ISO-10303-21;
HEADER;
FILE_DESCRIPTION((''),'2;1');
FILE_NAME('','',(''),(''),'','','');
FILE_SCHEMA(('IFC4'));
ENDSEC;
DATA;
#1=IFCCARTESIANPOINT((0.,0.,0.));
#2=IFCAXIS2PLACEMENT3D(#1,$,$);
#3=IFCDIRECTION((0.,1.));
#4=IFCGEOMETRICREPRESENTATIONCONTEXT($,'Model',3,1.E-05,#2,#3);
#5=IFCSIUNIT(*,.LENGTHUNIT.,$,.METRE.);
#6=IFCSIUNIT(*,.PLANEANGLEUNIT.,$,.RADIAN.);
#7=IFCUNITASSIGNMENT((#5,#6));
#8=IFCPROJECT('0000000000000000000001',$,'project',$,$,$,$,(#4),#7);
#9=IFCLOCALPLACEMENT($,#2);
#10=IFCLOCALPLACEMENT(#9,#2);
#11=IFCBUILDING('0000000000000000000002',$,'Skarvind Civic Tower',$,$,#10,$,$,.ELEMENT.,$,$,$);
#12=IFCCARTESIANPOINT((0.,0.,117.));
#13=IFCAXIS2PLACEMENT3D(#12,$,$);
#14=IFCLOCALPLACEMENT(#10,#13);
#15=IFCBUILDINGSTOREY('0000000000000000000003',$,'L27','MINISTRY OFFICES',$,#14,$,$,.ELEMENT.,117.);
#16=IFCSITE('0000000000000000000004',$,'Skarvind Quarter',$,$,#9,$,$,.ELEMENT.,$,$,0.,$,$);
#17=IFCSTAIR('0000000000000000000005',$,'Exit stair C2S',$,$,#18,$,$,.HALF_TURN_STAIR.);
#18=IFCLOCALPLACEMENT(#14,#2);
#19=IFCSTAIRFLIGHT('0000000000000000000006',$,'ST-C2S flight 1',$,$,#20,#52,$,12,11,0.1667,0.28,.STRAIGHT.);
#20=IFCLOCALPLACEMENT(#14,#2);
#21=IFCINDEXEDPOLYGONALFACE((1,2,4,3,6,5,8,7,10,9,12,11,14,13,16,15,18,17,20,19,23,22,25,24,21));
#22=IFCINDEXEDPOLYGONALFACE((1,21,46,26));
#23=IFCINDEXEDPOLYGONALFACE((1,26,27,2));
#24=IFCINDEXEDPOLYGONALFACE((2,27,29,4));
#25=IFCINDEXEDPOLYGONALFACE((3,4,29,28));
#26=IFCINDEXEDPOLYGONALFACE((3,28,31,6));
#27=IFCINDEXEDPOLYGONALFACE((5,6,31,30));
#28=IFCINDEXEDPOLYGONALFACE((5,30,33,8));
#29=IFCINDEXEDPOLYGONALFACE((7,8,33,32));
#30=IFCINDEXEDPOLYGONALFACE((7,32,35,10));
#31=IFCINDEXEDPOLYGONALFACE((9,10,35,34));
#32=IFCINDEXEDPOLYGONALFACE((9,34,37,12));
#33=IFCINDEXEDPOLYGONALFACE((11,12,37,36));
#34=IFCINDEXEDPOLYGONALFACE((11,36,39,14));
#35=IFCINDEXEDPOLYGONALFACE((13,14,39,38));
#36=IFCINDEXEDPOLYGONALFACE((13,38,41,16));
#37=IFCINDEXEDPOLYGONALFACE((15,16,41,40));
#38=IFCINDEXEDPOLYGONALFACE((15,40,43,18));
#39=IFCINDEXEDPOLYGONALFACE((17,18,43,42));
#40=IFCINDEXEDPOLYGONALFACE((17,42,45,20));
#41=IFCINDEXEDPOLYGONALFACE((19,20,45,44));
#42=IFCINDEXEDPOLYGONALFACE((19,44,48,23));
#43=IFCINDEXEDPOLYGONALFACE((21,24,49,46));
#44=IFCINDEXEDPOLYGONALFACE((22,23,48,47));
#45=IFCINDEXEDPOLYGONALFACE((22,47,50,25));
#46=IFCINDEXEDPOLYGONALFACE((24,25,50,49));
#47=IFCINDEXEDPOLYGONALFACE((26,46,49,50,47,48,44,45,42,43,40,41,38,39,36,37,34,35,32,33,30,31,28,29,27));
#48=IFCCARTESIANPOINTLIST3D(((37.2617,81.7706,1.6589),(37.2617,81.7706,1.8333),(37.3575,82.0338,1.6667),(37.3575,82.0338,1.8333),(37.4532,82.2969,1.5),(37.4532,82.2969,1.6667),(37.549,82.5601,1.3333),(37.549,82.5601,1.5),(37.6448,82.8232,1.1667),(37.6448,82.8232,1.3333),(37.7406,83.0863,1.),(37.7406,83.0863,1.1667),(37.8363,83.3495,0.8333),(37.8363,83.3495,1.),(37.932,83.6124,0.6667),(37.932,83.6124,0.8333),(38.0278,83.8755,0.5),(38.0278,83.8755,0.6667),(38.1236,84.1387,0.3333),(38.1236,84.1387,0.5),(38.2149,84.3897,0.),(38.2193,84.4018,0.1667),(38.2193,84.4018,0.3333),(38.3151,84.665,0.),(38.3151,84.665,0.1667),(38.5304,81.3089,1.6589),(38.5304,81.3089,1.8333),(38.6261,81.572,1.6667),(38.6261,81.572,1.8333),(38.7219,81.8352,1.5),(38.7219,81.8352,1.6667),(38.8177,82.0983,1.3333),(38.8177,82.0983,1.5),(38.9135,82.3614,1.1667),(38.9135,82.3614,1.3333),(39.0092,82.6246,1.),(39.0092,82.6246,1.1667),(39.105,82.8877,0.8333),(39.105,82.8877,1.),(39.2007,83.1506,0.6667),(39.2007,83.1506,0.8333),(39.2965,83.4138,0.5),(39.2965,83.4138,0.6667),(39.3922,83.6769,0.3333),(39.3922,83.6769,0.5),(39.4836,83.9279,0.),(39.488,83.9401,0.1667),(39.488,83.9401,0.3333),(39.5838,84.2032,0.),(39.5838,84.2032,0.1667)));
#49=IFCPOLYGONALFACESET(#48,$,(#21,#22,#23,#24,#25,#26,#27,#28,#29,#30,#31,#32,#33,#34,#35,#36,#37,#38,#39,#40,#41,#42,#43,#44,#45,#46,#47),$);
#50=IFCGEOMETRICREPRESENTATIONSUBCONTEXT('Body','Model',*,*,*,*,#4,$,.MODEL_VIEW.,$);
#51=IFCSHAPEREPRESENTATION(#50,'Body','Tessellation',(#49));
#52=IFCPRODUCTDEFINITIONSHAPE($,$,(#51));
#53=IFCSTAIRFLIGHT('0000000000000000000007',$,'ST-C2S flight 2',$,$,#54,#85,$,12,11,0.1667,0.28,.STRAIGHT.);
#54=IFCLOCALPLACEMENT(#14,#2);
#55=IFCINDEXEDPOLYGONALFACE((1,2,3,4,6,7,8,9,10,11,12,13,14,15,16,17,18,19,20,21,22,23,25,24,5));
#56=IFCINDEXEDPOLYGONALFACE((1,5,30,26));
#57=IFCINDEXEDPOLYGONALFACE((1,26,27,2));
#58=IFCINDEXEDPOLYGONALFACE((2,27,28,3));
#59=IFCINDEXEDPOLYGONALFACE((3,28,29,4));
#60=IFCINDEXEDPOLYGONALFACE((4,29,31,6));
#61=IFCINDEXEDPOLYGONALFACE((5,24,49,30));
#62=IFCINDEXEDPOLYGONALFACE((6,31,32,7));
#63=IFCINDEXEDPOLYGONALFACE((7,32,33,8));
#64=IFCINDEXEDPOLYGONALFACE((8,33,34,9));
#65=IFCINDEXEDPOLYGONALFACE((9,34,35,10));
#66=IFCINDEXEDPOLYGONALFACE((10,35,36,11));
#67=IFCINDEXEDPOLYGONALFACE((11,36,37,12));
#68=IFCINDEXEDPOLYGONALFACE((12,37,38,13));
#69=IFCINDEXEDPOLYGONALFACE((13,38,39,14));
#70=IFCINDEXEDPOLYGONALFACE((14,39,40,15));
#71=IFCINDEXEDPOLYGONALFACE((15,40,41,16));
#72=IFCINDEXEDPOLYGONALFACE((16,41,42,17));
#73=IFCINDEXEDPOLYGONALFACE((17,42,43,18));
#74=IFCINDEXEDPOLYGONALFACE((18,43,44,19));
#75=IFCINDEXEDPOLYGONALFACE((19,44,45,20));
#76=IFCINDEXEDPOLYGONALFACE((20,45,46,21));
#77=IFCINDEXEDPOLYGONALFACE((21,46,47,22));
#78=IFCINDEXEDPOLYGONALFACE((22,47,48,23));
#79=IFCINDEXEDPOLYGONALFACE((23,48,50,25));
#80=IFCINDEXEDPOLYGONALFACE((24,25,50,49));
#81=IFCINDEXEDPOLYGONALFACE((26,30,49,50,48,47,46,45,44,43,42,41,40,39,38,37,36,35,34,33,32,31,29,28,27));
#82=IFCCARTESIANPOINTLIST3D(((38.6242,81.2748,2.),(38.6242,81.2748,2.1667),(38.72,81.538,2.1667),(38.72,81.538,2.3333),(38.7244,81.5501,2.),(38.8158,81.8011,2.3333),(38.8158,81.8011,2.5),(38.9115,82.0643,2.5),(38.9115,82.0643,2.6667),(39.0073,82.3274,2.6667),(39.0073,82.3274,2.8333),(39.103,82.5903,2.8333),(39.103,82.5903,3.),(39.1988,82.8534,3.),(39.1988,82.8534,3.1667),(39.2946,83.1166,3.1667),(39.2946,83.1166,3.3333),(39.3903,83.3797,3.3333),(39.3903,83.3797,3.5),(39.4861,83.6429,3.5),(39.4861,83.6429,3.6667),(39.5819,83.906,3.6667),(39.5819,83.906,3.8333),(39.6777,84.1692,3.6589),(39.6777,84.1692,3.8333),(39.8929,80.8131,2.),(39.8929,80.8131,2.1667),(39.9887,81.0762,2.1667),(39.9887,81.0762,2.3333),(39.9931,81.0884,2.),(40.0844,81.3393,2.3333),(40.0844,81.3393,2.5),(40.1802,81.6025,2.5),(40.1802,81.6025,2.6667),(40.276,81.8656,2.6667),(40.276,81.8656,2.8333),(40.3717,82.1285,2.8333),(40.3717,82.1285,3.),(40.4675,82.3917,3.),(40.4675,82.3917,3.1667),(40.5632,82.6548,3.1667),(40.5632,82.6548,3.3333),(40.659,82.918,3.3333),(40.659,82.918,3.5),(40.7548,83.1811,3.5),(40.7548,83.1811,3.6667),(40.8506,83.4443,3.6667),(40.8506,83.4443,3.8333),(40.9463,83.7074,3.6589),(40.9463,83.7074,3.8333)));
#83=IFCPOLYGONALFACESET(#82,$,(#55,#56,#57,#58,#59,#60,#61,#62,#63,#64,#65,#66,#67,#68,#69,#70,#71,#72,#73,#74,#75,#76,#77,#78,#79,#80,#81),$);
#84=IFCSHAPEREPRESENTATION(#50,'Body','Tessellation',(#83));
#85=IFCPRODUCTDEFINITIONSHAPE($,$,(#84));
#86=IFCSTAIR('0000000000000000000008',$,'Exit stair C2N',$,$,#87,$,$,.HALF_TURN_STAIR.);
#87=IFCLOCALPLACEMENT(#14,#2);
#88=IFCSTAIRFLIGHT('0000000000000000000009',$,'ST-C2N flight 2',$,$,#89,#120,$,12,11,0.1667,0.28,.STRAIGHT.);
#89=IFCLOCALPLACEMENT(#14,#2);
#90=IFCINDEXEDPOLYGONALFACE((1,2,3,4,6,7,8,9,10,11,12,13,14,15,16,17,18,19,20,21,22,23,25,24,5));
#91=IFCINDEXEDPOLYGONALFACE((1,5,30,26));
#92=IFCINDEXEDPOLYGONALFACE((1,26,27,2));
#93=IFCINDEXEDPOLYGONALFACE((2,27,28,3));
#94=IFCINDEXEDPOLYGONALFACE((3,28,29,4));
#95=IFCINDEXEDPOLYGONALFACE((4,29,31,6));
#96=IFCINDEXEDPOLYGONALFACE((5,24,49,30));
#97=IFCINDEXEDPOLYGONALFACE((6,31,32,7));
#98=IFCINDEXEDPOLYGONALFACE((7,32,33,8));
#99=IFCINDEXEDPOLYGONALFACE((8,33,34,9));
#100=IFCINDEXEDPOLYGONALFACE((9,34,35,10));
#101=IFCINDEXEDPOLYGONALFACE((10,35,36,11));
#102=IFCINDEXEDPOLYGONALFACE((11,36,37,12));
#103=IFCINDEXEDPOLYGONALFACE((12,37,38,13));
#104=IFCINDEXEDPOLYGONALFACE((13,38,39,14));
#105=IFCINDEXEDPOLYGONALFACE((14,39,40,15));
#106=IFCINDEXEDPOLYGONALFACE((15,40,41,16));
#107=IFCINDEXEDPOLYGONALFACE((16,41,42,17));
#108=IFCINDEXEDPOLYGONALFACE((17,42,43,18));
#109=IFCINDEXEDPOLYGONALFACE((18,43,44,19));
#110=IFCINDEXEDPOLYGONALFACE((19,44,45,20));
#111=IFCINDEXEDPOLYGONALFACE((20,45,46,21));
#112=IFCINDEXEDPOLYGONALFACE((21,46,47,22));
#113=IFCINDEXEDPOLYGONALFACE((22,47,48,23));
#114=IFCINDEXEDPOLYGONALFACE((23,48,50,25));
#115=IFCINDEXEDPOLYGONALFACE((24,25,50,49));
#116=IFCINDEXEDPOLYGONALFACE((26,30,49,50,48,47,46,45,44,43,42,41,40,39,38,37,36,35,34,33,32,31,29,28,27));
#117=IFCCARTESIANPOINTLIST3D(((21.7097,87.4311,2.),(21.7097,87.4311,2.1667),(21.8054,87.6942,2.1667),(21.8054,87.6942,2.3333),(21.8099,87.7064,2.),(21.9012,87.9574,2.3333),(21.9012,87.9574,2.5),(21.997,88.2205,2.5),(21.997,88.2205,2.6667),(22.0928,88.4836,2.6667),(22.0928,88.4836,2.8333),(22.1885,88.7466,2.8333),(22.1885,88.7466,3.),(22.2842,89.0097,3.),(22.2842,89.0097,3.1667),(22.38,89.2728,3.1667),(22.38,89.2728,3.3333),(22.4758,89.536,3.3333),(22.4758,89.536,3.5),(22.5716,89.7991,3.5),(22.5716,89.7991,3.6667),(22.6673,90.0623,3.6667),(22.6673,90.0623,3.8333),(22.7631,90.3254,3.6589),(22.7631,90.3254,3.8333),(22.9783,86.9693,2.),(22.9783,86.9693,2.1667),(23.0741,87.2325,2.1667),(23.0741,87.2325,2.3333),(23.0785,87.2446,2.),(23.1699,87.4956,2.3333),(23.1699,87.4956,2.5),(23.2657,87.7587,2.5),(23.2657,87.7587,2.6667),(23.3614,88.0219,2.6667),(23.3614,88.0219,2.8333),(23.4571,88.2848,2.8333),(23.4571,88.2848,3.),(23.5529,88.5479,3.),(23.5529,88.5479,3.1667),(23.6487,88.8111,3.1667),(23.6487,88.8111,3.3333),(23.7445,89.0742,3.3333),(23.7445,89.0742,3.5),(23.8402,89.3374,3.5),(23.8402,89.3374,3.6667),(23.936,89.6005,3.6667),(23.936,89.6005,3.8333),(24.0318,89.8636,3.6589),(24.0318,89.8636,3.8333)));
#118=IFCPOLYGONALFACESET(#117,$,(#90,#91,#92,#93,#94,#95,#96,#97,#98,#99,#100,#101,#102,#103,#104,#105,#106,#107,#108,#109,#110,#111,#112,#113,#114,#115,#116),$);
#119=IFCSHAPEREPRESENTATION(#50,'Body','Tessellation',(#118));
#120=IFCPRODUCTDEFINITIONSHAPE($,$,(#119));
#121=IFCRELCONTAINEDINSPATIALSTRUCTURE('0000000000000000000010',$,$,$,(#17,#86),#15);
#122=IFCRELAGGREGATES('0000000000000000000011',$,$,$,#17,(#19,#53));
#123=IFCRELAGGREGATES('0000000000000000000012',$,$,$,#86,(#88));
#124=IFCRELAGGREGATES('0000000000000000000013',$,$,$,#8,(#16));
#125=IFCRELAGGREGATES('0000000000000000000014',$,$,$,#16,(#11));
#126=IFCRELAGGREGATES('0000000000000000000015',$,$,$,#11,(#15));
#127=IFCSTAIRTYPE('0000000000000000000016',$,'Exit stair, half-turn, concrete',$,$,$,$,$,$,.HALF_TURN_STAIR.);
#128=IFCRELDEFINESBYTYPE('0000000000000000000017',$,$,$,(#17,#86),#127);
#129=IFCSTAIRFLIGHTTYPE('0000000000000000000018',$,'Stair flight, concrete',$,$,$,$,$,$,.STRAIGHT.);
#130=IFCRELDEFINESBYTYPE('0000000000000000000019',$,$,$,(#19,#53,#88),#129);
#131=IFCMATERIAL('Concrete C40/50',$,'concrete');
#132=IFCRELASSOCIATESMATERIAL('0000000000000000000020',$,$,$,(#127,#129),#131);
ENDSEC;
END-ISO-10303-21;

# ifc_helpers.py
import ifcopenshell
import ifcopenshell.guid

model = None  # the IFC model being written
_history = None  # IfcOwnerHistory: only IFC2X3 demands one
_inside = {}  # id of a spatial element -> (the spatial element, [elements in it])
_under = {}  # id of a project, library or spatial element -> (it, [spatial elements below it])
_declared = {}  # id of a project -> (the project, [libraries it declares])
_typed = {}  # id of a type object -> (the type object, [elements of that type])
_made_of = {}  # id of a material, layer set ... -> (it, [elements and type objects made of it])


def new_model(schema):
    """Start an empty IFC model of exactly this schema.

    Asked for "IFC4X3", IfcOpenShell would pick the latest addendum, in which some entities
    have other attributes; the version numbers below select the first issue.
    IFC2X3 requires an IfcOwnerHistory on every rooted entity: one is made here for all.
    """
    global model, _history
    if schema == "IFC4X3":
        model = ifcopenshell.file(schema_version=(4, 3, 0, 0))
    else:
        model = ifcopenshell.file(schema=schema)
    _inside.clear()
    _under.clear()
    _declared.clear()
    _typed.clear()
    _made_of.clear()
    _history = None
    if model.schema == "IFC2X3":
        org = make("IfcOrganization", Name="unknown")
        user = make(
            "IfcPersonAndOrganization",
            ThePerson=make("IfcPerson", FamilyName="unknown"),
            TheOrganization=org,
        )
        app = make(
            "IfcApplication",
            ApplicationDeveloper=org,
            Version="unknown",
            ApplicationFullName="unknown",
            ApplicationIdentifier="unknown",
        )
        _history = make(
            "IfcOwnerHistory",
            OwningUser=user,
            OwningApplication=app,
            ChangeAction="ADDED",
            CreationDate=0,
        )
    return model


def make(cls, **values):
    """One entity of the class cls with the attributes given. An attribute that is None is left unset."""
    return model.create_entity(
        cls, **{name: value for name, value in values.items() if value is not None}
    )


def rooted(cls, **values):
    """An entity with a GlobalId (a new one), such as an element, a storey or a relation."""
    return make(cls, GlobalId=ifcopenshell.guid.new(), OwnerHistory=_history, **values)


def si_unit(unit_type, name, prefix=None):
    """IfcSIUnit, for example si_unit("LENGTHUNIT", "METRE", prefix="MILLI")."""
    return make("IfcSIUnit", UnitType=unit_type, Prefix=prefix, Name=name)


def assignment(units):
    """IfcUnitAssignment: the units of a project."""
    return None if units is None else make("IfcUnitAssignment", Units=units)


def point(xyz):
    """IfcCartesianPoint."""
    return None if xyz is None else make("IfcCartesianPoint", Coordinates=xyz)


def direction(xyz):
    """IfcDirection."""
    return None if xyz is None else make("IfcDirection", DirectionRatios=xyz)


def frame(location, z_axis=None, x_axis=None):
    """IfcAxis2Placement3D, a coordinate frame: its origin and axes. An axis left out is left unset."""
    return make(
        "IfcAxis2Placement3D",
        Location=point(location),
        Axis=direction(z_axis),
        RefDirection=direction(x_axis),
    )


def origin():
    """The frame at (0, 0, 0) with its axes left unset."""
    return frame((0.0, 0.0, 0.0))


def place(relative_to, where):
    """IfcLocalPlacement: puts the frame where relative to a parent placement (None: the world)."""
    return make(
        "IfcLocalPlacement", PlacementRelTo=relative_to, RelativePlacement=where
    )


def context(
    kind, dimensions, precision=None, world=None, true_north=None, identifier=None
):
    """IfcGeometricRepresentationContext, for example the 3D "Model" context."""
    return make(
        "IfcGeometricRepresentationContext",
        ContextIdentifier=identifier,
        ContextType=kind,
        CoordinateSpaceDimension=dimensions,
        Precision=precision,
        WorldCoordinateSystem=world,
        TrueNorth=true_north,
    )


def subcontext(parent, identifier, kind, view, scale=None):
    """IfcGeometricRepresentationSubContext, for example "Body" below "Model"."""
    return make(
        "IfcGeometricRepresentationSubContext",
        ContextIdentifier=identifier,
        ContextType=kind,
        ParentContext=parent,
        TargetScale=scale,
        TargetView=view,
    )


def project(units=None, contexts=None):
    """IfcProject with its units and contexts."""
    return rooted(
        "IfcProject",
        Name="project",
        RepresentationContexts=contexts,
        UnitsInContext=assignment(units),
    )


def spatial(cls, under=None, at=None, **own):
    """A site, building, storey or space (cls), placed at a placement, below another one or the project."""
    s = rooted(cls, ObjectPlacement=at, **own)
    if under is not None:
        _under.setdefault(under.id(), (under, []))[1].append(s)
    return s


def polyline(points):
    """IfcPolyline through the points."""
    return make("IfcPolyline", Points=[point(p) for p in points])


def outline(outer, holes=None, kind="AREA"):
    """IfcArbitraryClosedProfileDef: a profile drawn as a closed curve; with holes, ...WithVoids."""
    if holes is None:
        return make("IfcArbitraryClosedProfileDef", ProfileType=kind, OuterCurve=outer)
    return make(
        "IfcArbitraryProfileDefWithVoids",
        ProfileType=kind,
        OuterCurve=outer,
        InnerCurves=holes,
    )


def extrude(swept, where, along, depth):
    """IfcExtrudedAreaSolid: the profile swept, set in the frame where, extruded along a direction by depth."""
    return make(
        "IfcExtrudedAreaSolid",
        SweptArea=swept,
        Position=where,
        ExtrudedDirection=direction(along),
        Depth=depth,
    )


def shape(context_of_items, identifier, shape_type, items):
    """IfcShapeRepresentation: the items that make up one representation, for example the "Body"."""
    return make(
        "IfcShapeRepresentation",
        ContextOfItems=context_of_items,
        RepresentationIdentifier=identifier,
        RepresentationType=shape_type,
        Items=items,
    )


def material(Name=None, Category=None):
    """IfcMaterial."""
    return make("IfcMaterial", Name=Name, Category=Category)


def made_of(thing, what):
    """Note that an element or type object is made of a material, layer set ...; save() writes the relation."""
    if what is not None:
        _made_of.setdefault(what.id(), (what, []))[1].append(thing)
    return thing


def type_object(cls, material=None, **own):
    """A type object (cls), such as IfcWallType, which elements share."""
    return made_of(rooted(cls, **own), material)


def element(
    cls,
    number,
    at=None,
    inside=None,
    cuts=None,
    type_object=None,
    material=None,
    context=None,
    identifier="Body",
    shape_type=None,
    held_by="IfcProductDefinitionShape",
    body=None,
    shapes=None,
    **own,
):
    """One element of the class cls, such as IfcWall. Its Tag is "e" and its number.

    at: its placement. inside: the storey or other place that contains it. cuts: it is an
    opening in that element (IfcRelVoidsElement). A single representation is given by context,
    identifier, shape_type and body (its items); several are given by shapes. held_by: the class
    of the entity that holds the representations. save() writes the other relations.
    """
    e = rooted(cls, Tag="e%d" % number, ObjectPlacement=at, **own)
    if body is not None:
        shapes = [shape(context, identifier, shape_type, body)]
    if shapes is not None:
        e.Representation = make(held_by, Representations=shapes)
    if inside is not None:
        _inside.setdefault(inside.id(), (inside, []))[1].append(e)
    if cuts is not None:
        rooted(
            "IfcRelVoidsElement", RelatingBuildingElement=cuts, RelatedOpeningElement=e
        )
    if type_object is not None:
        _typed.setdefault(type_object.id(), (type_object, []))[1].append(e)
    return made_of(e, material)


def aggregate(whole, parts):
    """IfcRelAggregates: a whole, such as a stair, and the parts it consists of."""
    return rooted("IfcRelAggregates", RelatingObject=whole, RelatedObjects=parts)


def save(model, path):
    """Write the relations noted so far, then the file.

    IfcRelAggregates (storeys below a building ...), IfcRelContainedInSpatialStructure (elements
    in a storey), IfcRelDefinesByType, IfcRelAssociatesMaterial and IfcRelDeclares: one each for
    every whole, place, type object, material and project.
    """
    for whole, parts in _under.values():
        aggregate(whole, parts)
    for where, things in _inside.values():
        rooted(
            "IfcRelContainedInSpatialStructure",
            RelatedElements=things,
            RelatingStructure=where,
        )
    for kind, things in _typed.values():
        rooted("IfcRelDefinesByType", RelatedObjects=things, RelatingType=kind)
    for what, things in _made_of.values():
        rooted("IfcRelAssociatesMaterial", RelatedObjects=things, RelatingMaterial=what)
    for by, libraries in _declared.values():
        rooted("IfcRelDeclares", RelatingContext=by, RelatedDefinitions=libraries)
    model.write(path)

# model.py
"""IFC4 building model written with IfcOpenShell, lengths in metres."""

from ifc_helpers import new_model, si_unit, direction, frame, origin, place, context, subcontext, project, spatial, polyline, outline, extrude, material, type_object, element, aggregate, save


model = new_model("IFC4")

# Units and contexts
model_context = context("Model", 3, precision=1e-05, world=origin(), true_north=direction((0.0, 1.0)))
body_context = subcontext(model_context, "Body", "Model", "MODEL_VIEW")
ifc_project = project(units=[si_unit("LENGTHUNIT", "METRE"), si_unit("PLANEANGLEUNIT", "RADIAN")], contexts=[model_context])

# Site, building, storey
site_placement = place(None, origin())
site = spatial("IfcSite", under=ifc_project, at=site_placement, Name="Skarvind Quarter", CompositionType="ELEMENT", RefElevation=0.0)
building_placement = place(site_placement, origin())
building = spatial("IfcBuilding", under=site, at=building_placement, Name="Skarvind Civic Tower", CompositionType="ELEMENT")
storey_placement = place(building_placement, frame((0.0, 0.0, 117.0)))
storey = spatial("IfcBuildingStorey", under=building, at=storey_placement, Name="L27", Description="MINISTRY OFFICES", CompositionType="ELEMENT", Elevation=117.0)

# Stair, stair flights
ifc_material_1 = material(Name="Concrete C40/50", Category="concrete")
stair_type = type_object("IfcStairType", Name="Exit stair, half-turn, concrete", PredefinedType="HALF_TURN_STAIR", material=ifc_material_1)
stair_1_placement = place(storey_placement, origin())
stair_1 = element("IfcStair", 1, at=stair_1_placement, inside=storey, type_object=stair_type, Name="Exit stair C2S", PredefinedType="HALF_TURN_STAIR")
stair_flight_type = type_object("IfcStairFlightType", Name="Stair flight, concrete", PredefinedType="STRAIGHT", material=ifc_material_1)
stair_flight_1_placement = place(storey_placement, frame((38.9495, 84.4341, 0.0), z_axis=(0.0, 0.0, 1.0), x_axis=(-0.34202, -0.939693, 0.0)))
stair_flight_1 = element("IfcStairFlight", 2, at=stair_flight_1_placement, type_object=stair_flight_type, Name="ST-C2S flight 1", NumberOfRisers=12, NumberOfTreads=11, PredefinedType="STRAIGHT", RiserHeight=0.1667, TreadLength=0.28, context=body_context, shape_type="SweptSolid", body=[
    extrude(outline(polyline([(0.0, 0.0), (0.0, 0.1667), (0.28, 0.1667), (0.28, 0.3333), (0.5601, 0.3333), (0.5601, 0.5), (0.8401, 0.5), (0.8401, 0.6667), (1.1201, 0.6667), (1.1201, 0.8333), (1.3999, 0.8333), (1.3999, 1.0), (1.6799, 1.0), (1.6799, 1.1667), (1.96, 1.1667), (1.96, 1.3333), (2.24, 1.3333), (2.24, 1.5), (2.52, 1.5), (2.52, 1.6667), (2.8, 1.6667), (2.8, 1.8333), (3.0801, 1.8333), (3.0801, 2.0), (3.0801, 1.6589), (0.293, 0.0), (0.0, 0.0)])), frame((0.0, 0.675, 0.0), z_axis=(0.0, -1.0, 0.0), x_axis=(1.0, 0.0, 0.0)), (0.0, 0.0, 1.0), 1.3501),
])
stair_flight_2_placement = place(storey_placement, frame((39.2585, 81.0439, 2.0), z_axis=(0.0, 0.0, 1.0), x_axis=(0.34202, 0.939693, 0.0)))
stair_flight_2 = element("IfcStairFlight", 3, at=stair_flight_2_placement, type_object=stair_flight_type, Name="ST-C2S flight 2", NumberOfRisers=12, NumberOfTreads=11, PredefinedType="STRAIGHT", RiserHeight=0.1667, TreadLength=0.28, context=body_context, shape_type="SweptSolid", body=[
    extrude(outline(polyline([(0.0, 0.0), (0.0, 0.1667), (0.28, 0.1667), (0.28, 0.3333), (0.5601, 0.3333), (0.5601, 0.5), (0.8401, 0.5), (0.8401, 0.6667), (1.1201, 0.6667), (1.1201, 0.8333), (1.3999, 0.8333), (1.3999, 1.0), (1.6799, 1.0), (1.6799, 1.1667), (1.96, 1.1667), (1.96, 1.3333), (2.24, 1.3333), (2.24, 1.5), (2.52, 1.5), (2.52, 1.6667), (2.8, 1.6667), (2.8, 1.8333), (3.0801, 1.8333), (3.0801, 2.0), (3.0801, 1.6589), (0.293, 0.0), (0.0, 0.0)])), frame((0.0, 0.675, 0.0), z_axis=(0.0, -1.0, 0.0), x_axis=(1.0, 0.0, 0.0)), (0.0, 0.0, 1.0), 1.3501),
])
aggregate(stair_1, [stair_flight_1, stair_flight_2])

# Stair, stair flight
stair_2_placement = place(storey_placement, origin())
stair_2 = element("IfcStair", 4, at=stair_2_placement, inside=storey, type_object=stair_type, Name="Exit stair C2N", PredefinedType="HALF_TURN_STAIR")
stair_flight_3_placement = place(storey_placement, frame((22.344, 87.2002, 2.0), z_axis=(0.0, 0.0, 1.0), x_axis=(0.34202, 0.939693, 0.0)))
stair_flight_3 = element("IfcStairFlight", 5, at=stair_flight_3_placement, type_object=stair_flight_type, Name="ST-C2N flight 2", NumberOfRisers=12, NumberOfTreads=11, PredefinedType="STRAIGHT", RiserHeight=0.1667, TreadLength=0.28, context=body_context, shape_type="SweptSolid", body=[
    extrude(outline(polyline([(0.0, 0.0), (0.0, 0.1667), (0.28, 0.1667), (0.28, 0.3333), (0.5601, 0.3333), (0.5601, 0.5), (0.8401, 0.5), (0.8401, 0.6667), (1.1201, 0.6667), (1.1201, 0.8333), (1.3999, 0.8333), (1.3999, 1.0), (1.6799, 1.0), (1.6799, 1.1667), (1.96, 1.1667), (1.96, 1.3333), (2.24, 1.3333), (2.24, 1.5), (2.52, 1.5), (2.52, 1.6667), (2.8, 1.6667), (2.8, 1.8333), (3.0801, 1.8333), (3.0801, 2.0), (3.0801, 1.6589), (0.293, 0.0), (0.0, 0.0)])), frame((0.0, 0.675, 0.0), z_axis=(0.0, -1.0, 0.0), x_axis=(1.0, 0.0, 0.0)), (0.0, 0.0, 1.0), 1.3501),
])
aggregate(stair_2, [stair_flight_3])

save(model, "model.ifc")
